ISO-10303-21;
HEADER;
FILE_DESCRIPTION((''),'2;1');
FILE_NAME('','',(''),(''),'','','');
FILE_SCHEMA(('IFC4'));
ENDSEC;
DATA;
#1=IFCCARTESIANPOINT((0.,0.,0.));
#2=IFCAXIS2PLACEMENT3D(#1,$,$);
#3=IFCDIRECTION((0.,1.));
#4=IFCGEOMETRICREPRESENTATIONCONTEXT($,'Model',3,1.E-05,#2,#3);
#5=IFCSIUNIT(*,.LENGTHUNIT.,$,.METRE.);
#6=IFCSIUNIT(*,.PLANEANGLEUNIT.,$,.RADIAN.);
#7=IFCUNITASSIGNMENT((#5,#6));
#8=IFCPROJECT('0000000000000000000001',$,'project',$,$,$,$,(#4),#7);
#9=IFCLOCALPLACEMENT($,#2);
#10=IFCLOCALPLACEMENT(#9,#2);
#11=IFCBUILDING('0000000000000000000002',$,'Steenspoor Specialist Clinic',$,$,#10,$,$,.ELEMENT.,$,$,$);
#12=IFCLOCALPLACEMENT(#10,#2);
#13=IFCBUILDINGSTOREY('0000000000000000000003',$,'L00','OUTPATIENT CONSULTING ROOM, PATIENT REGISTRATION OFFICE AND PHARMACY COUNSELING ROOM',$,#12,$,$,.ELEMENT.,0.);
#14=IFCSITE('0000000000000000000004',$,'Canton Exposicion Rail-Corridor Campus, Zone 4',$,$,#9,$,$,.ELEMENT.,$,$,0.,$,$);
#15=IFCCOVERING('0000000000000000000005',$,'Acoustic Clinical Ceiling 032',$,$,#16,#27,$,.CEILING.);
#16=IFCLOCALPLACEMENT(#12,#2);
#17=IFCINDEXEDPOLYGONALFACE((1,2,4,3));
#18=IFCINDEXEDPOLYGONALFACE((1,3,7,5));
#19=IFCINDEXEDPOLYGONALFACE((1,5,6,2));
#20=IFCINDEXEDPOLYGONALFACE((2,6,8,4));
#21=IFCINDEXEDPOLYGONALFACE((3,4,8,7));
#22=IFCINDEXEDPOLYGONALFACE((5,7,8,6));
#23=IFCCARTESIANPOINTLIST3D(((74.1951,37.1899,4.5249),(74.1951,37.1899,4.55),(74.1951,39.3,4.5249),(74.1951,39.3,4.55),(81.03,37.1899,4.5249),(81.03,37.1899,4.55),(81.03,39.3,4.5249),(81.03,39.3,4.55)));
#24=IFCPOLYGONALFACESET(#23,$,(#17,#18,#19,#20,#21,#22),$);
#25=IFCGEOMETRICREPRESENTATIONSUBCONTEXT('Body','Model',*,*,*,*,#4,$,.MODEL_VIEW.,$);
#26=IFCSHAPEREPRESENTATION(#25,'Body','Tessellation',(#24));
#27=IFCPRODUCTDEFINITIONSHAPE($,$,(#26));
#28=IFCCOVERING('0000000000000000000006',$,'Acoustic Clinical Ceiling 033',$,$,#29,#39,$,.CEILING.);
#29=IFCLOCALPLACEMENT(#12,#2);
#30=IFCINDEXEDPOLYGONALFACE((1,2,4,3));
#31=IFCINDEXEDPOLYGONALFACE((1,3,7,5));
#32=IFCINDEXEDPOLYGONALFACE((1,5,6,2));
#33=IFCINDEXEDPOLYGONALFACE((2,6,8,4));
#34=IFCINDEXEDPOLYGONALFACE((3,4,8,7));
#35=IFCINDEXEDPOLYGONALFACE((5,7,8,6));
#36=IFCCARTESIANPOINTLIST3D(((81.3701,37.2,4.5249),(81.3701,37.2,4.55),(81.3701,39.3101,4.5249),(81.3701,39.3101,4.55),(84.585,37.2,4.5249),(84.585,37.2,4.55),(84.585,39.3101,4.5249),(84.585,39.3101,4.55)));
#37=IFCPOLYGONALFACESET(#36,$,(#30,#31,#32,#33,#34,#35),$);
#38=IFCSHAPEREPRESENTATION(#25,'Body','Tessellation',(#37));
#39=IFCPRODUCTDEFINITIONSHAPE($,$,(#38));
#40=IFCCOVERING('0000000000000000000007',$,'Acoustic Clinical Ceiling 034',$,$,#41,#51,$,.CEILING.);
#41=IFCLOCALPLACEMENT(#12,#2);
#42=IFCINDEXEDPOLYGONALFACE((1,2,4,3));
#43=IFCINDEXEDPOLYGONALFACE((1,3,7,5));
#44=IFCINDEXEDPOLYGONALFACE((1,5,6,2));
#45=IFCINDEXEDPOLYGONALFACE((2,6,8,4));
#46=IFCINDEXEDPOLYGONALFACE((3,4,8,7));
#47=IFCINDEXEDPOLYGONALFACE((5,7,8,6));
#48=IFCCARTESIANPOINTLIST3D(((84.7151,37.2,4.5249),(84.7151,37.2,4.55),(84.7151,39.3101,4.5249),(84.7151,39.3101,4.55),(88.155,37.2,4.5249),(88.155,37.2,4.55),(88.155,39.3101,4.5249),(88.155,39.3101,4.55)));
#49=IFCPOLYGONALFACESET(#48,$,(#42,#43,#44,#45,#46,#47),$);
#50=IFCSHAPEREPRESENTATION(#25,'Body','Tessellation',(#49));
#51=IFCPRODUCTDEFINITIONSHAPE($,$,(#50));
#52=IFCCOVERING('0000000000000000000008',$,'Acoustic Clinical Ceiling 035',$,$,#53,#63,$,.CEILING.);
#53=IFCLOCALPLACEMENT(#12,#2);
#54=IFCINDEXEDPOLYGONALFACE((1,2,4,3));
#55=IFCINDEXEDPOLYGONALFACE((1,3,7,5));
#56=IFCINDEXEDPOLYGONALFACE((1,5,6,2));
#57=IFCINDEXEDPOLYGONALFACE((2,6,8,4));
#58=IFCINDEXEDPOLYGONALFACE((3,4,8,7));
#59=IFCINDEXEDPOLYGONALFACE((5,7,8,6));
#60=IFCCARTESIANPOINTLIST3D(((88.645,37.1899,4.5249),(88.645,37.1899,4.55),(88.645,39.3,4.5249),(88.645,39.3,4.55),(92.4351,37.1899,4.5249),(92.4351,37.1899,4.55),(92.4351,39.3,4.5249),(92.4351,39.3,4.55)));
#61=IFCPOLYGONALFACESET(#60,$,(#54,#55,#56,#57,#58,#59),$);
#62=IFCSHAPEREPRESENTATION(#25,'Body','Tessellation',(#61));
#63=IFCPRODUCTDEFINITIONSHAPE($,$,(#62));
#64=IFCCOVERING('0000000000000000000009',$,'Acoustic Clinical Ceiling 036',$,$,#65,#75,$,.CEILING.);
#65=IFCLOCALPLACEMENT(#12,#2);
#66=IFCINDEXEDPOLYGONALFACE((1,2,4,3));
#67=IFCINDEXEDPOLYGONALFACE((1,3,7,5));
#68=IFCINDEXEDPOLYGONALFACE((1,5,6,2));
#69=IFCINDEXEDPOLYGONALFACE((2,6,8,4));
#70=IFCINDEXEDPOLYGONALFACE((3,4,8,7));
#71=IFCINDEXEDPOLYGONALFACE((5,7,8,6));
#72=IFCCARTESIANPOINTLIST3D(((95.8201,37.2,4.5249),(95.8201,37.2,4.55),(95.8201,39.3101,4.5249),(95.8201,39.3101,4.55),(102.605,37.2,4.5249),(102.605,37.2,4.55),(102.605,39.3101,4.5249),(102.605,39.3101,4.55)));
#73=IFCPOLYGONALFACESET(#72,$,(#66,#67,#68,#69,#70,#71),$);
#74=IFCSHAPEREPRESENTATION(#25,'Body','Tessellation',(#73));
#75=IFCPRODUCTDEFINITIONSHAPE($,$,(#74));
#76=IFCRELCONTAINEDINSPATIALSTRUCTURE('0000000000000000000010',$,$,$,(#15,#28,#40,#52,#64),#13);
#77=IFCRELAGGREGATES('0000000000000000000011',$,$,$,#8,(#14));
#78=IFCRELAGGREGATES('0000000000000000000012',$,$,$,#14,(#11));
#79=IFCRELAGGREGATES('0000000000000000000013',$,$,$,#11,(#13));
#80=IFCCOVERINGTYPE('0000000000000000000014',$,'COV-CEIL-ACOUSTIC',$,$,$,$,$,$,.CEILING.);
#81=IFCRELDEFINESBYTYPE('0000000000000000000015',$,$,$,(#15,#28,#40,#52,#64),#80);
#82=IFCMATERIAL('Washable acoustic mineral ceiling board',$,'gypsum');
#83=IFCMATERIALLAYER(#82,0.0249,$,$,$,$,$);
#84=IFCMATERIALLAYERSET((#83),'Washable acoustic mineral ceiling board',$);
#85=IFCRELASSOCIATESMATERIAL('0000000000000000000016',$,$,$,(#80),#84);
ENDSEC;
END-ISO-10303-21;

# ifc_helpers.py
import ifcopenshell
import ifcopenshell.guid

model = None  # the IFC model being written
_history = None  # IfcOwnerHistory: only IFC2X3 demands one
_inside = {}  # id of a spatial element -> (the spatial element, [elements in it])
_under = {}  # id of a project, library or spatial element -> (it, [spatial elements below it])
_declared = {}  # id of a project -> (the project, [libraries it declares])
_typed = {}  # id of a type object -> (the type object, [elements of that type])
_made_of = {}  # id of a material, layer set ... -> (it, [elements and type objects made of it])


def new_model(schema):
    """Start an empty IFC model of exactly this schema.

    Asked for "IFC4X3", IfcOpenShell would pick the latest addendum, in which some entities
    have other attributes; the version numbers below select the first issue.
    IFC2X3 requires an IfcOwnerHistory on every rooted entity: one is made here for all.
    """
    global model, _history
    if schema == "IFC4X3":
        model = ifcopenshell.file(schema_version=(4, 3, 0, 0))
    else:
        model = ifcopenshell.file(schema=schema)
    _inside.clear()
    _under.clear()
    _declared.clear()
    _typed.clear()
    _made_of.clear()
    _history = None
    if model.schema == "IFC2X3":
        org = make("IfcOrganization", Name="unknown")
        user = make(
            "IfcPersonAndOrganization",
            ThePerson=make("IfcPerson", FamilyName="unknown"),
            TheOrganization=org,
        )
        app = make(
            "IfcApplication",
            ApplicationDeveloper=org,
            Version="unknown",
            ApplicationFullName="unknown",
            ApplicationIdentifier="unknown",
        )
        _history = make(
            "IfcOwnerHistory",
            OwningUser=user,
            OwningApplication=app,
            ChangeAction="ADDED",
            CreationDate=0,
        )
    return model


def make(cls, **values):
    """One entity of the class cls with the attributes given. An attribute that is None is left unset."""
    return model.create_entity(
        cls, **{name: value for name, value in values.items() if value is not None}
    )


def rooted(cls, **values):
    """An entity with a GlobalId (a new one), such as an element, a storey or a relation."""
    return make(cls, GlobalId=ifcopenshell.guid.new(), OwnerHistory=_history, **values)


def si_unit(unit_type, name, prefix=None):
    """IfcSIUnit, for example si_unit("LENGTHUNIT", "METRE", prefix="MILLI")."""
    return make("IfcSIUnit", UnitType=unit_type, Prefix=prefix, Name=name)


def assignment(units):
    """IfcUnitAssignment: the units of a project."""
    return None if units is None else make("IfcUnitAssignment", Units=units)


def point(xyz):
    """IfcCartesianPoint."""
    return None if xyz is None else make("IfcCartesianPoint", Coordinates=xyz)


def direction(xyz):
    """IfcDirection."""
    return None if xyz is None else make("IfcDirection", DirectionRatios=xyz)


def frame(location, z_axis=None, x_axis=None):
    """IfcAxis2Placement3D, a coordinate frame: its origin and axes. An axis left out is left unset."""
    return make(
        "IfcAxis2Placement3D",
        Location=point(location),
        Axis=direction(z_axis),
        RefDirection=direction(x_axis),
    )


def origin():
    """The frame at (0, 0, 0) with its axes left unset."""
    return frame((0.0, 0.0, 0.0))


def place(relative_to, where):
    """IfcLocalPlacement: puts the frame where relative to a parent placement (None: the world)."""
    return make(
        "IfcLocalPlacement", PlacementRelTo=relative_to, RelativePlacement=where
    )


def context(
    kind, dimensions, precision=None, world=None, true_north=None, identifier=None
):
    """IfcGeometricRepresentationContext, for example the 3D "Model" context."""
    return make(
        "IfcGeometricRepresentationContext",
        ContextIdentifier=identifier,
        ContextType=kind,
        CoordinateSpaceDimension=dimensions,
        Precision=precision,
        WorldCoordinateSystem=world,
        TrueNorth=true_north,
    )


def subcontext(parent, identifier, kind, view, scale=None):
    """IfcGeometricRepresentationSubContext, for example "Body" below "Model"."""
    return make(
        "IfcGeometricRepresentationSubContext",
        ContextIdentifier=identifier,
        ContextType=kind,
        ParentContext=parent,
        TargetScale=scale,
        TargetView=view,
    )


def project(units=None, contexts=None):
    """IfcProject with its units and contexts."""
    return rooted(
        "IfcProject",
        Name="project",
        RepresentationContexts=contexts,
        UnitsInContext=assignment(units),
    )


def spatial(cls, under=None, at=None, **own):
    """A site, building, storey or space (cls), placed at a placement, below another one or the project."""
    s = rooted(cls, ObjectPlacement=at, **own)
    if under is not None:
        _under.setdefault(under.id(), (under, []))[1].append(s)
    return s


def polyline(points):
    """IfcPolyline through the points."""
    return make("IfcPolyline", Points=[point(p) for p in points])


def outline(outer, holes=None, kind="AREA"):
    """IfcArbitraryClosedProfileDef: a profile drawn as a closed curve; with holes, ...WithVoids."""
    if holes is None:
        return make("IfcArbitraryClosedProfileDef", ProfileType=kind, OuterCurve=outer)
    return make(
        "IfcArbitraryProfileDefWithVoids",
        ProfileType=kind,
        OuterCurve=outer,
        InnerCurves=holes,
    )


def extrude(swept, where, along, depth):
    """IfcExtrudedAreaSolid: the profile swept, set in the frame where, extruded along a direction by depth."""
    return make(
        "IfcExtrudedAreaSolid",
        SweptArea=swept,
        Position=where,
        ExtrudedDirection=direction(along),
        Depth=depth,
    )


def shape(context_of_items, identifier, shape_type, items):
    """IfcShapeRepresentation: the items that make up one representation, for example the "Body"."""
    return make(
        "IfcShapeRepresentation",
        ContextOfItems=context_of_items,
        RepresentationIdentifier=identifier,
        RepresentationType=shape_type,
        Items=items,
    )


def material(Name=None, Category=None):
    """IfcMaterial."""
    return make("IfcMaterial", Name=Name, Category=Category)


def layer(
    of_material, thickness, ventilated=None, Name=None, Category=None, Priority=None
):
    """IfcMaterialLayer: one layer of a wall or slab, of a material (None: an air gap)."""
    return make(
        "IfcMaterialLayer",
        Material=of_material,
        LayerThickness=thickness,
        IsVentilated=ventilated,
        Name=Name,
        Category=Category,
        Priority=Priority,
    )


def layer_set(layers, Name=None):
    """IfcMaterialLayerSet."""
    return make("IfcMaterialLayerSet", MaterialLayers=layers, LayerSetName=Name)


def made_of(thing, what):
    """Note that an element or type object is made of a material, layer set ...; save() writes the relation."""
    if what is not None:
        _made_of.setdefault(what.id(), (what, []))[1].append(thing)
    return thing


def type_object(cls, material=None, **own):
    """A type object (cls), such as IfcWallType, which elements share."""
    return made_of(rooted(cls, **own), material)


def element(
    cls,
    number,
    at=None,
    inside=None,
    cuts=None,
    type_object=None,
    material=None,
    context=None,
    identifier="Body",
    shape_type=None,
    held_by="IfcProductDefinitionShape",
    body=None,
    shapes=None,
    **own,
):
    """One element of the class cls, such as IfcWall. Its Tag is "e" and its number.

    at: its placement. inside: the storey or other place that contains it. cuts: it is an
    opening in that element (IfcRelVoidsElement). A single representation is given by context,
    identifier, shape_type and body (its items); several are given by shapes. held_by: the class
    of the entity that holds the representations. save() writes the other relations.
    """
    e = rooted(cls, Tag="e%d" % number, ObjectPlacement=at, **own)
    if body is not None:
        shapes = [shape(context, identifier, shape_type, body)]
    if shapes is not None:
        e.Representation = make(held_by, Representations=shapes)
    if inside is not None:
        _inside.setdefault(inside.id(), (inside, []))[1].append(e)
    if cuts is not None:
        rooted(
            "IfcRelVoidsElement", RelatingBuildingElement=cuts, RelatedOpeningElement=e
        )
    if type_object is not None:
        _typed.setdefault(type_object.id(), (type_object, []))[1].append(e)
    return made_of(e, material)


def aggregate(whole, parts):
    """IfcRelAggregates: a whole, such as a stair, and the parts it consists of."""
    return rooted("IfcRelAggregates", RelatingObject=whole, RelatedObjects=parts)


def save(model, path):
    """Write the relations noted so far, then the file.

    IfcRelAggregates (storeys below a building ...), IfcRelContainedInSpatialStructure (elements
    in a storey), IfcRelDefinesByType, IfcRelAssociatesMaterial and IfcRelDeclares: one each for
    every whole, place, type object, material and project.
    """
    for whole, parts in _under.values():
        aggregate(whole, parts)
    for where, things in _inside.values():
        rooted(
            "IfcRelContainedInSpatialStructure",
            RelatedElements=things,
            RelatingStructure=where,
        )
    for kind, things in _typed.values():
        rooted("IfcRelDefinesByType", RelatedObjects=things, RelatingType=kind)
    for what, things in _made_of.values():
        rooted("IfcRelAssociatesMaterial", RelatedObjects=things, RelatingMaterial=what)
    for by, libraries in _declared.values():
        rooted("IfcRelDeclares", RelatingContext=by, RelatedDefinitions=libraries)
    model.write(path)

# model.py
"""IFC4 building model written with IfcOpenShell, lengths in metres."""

from ifc_helpers import new_model, si_unit, direction, frame, origin, place, context, subcontext, project, spatial, polyline, outline, extrude, material, layer, layer_set, type_object, element, save


model = new_model("IFC4")

# Units and contexts
model_context = context("Model", 3, precision=1e-05, world=origin(), true_north=direction((0.0, 1.0)))
body_context = subcontext(model_context, "Body", "Model", "MODEL_VIEW")
ifc_project = project(units=[si_unit("LENGTHUNIT", "METRE"), si_unit("PLANEANGLEUNIT", "RADIAN")], contexts=[model_context])

# Site, building, storey
site_placement = place(None, origin())
site = spatial("IfcSite", under=ifc_project, at=site_placement, Name="Canton Exposicion Rail-Corridor Campus, Zone 4", CompositionType="ELEMENT", RefElevation=0.0)
building_placement = place(site_placement, origin())
building = spatial("IfcBuilding", under=site, at=building_placement, Name="Steenspoor Specialist Clinic", CompositionType="ELEMENT")
storey_placement = place(building_placement, origin())
storey = spatial("IfcBuildingStorey", under=building, at=storey_placement, Name="L00", Description="OUTPATIENT CONSULTING ROOM, PATIENT REGISTRATION OFFICE AND PHARMACY COUNSELING ROOM", CompositionType="ELEMENT", Elevation=0.0)

# Coverings
ifc_material_1 = material(Name="Washable acoustic mineral ceiling board", Category="gypsum")
ifc_layer_1 = layer(ifc_material_1, 0.0249)
ifc_layer_set_1 = layer_set([ifc_layer_1], Name="Washable acoustic mineral ceiling board")
covering_type = type_object("IfcCoveringType", Name="COV-CEIL-ACOUSTIC", PredefinedType="CEILING", material=ifc_layer_set_1)
covering_1_placement = place(storey_placement, frame((0.0, 0.0, 4.5249)))
element("IfcCovering", 1, at=covering_1_placement, inside=storey, type_object=covering_type, Name="Acoustic Clinical Ceiling 032", PredefinedType="CEILING", context=body_context, shape_type="SweptSolid", body=[
    extrude(outline(polyline([(74.1951, 39.3), (81.03, 39.3), (81.03, 37.1899), (74.1951, 37.1899), (74.1951, 39.3)])), origin(), (0.0, 0.0, 1.0), 0.0251),
])
covering_2_placement = place(storey_placement, frame((0.0, 0.0, 4.5249)))
element("IfcCovering", 2, at=covering_2_placement, inside=storey, type_object=covering_type, Name="Acoustic Clinical Ceiling 033", PredefinedType="CEILING", context=body_context, shape_type="SweptSolid", body=[
    extrude(outline(polyline([(84.585, 37.2), (81.3701, 37.2), (81.3701, 39.3101), (84.585, 39.3101), (84.585, 37.2)])), origin(), (0.0, 0.0, 1.0), 0.0251),
])
covering_3_placement = place(storey_placement, frame((0.0, 0.0, 4.5249)))
element("IfcCovering", 3, at=covering_3_placement, inside=storey, type_object=covering_type, Name="Acoustic Clinical Ceiling 034", PredefinedType="CEILING", context=body_context, shape_type="SweptSolid", body=[
    extrude(outline(polyline([(84.7151, 39.3101), (88.155, 39.3101), (88.155, 37.2), (84.7151, 37.2), (84.7151, 39.3101)])), origin(), (0.0, 0.0, 1.0), 0.0251),
])
covering_4_placement = place(storey_placement, frame((0.0, 0.0, 4.5249)))
element("IfcCovering", 4, at=covering_4_placement, inside=storey, type_object=covering_type, Name="Acoustic Clinical Ceiling 035", PredefinedType="CEILING", context=body_context, shape_type="SweptSolid", body=[
    extrude(outline(polyline([(92.4351, 37.1899), (88.645, 37.1899), (88.645, 39.3), (92.4351, 39.3), (92.4351, 37.1899)])), origin(), (0.0, 0.0, 1.0), 0.0251),
])
covering_5_placement = place(storey_placement, frame((0.0, 0.0, 4.5249)))
element("IfcCovering", 5, at=covering_5_placement, inside=storey, type_object=covering_type, Name="Acoustic Clinical Ceiling 036", PredefinedType="CEILING", context=body_context, shape_type="SweptSolid", body=[
    extrude(outline(polyline([(95.8201, 39.3101), (102.605, 39.3101), (102.605, 37.2), (95.8201, 37.2), (95.8201, 39.3101)])), origin(), (0.0, 0.0, 1.0), 0.0251),
])

save(model, "model.ifc")
